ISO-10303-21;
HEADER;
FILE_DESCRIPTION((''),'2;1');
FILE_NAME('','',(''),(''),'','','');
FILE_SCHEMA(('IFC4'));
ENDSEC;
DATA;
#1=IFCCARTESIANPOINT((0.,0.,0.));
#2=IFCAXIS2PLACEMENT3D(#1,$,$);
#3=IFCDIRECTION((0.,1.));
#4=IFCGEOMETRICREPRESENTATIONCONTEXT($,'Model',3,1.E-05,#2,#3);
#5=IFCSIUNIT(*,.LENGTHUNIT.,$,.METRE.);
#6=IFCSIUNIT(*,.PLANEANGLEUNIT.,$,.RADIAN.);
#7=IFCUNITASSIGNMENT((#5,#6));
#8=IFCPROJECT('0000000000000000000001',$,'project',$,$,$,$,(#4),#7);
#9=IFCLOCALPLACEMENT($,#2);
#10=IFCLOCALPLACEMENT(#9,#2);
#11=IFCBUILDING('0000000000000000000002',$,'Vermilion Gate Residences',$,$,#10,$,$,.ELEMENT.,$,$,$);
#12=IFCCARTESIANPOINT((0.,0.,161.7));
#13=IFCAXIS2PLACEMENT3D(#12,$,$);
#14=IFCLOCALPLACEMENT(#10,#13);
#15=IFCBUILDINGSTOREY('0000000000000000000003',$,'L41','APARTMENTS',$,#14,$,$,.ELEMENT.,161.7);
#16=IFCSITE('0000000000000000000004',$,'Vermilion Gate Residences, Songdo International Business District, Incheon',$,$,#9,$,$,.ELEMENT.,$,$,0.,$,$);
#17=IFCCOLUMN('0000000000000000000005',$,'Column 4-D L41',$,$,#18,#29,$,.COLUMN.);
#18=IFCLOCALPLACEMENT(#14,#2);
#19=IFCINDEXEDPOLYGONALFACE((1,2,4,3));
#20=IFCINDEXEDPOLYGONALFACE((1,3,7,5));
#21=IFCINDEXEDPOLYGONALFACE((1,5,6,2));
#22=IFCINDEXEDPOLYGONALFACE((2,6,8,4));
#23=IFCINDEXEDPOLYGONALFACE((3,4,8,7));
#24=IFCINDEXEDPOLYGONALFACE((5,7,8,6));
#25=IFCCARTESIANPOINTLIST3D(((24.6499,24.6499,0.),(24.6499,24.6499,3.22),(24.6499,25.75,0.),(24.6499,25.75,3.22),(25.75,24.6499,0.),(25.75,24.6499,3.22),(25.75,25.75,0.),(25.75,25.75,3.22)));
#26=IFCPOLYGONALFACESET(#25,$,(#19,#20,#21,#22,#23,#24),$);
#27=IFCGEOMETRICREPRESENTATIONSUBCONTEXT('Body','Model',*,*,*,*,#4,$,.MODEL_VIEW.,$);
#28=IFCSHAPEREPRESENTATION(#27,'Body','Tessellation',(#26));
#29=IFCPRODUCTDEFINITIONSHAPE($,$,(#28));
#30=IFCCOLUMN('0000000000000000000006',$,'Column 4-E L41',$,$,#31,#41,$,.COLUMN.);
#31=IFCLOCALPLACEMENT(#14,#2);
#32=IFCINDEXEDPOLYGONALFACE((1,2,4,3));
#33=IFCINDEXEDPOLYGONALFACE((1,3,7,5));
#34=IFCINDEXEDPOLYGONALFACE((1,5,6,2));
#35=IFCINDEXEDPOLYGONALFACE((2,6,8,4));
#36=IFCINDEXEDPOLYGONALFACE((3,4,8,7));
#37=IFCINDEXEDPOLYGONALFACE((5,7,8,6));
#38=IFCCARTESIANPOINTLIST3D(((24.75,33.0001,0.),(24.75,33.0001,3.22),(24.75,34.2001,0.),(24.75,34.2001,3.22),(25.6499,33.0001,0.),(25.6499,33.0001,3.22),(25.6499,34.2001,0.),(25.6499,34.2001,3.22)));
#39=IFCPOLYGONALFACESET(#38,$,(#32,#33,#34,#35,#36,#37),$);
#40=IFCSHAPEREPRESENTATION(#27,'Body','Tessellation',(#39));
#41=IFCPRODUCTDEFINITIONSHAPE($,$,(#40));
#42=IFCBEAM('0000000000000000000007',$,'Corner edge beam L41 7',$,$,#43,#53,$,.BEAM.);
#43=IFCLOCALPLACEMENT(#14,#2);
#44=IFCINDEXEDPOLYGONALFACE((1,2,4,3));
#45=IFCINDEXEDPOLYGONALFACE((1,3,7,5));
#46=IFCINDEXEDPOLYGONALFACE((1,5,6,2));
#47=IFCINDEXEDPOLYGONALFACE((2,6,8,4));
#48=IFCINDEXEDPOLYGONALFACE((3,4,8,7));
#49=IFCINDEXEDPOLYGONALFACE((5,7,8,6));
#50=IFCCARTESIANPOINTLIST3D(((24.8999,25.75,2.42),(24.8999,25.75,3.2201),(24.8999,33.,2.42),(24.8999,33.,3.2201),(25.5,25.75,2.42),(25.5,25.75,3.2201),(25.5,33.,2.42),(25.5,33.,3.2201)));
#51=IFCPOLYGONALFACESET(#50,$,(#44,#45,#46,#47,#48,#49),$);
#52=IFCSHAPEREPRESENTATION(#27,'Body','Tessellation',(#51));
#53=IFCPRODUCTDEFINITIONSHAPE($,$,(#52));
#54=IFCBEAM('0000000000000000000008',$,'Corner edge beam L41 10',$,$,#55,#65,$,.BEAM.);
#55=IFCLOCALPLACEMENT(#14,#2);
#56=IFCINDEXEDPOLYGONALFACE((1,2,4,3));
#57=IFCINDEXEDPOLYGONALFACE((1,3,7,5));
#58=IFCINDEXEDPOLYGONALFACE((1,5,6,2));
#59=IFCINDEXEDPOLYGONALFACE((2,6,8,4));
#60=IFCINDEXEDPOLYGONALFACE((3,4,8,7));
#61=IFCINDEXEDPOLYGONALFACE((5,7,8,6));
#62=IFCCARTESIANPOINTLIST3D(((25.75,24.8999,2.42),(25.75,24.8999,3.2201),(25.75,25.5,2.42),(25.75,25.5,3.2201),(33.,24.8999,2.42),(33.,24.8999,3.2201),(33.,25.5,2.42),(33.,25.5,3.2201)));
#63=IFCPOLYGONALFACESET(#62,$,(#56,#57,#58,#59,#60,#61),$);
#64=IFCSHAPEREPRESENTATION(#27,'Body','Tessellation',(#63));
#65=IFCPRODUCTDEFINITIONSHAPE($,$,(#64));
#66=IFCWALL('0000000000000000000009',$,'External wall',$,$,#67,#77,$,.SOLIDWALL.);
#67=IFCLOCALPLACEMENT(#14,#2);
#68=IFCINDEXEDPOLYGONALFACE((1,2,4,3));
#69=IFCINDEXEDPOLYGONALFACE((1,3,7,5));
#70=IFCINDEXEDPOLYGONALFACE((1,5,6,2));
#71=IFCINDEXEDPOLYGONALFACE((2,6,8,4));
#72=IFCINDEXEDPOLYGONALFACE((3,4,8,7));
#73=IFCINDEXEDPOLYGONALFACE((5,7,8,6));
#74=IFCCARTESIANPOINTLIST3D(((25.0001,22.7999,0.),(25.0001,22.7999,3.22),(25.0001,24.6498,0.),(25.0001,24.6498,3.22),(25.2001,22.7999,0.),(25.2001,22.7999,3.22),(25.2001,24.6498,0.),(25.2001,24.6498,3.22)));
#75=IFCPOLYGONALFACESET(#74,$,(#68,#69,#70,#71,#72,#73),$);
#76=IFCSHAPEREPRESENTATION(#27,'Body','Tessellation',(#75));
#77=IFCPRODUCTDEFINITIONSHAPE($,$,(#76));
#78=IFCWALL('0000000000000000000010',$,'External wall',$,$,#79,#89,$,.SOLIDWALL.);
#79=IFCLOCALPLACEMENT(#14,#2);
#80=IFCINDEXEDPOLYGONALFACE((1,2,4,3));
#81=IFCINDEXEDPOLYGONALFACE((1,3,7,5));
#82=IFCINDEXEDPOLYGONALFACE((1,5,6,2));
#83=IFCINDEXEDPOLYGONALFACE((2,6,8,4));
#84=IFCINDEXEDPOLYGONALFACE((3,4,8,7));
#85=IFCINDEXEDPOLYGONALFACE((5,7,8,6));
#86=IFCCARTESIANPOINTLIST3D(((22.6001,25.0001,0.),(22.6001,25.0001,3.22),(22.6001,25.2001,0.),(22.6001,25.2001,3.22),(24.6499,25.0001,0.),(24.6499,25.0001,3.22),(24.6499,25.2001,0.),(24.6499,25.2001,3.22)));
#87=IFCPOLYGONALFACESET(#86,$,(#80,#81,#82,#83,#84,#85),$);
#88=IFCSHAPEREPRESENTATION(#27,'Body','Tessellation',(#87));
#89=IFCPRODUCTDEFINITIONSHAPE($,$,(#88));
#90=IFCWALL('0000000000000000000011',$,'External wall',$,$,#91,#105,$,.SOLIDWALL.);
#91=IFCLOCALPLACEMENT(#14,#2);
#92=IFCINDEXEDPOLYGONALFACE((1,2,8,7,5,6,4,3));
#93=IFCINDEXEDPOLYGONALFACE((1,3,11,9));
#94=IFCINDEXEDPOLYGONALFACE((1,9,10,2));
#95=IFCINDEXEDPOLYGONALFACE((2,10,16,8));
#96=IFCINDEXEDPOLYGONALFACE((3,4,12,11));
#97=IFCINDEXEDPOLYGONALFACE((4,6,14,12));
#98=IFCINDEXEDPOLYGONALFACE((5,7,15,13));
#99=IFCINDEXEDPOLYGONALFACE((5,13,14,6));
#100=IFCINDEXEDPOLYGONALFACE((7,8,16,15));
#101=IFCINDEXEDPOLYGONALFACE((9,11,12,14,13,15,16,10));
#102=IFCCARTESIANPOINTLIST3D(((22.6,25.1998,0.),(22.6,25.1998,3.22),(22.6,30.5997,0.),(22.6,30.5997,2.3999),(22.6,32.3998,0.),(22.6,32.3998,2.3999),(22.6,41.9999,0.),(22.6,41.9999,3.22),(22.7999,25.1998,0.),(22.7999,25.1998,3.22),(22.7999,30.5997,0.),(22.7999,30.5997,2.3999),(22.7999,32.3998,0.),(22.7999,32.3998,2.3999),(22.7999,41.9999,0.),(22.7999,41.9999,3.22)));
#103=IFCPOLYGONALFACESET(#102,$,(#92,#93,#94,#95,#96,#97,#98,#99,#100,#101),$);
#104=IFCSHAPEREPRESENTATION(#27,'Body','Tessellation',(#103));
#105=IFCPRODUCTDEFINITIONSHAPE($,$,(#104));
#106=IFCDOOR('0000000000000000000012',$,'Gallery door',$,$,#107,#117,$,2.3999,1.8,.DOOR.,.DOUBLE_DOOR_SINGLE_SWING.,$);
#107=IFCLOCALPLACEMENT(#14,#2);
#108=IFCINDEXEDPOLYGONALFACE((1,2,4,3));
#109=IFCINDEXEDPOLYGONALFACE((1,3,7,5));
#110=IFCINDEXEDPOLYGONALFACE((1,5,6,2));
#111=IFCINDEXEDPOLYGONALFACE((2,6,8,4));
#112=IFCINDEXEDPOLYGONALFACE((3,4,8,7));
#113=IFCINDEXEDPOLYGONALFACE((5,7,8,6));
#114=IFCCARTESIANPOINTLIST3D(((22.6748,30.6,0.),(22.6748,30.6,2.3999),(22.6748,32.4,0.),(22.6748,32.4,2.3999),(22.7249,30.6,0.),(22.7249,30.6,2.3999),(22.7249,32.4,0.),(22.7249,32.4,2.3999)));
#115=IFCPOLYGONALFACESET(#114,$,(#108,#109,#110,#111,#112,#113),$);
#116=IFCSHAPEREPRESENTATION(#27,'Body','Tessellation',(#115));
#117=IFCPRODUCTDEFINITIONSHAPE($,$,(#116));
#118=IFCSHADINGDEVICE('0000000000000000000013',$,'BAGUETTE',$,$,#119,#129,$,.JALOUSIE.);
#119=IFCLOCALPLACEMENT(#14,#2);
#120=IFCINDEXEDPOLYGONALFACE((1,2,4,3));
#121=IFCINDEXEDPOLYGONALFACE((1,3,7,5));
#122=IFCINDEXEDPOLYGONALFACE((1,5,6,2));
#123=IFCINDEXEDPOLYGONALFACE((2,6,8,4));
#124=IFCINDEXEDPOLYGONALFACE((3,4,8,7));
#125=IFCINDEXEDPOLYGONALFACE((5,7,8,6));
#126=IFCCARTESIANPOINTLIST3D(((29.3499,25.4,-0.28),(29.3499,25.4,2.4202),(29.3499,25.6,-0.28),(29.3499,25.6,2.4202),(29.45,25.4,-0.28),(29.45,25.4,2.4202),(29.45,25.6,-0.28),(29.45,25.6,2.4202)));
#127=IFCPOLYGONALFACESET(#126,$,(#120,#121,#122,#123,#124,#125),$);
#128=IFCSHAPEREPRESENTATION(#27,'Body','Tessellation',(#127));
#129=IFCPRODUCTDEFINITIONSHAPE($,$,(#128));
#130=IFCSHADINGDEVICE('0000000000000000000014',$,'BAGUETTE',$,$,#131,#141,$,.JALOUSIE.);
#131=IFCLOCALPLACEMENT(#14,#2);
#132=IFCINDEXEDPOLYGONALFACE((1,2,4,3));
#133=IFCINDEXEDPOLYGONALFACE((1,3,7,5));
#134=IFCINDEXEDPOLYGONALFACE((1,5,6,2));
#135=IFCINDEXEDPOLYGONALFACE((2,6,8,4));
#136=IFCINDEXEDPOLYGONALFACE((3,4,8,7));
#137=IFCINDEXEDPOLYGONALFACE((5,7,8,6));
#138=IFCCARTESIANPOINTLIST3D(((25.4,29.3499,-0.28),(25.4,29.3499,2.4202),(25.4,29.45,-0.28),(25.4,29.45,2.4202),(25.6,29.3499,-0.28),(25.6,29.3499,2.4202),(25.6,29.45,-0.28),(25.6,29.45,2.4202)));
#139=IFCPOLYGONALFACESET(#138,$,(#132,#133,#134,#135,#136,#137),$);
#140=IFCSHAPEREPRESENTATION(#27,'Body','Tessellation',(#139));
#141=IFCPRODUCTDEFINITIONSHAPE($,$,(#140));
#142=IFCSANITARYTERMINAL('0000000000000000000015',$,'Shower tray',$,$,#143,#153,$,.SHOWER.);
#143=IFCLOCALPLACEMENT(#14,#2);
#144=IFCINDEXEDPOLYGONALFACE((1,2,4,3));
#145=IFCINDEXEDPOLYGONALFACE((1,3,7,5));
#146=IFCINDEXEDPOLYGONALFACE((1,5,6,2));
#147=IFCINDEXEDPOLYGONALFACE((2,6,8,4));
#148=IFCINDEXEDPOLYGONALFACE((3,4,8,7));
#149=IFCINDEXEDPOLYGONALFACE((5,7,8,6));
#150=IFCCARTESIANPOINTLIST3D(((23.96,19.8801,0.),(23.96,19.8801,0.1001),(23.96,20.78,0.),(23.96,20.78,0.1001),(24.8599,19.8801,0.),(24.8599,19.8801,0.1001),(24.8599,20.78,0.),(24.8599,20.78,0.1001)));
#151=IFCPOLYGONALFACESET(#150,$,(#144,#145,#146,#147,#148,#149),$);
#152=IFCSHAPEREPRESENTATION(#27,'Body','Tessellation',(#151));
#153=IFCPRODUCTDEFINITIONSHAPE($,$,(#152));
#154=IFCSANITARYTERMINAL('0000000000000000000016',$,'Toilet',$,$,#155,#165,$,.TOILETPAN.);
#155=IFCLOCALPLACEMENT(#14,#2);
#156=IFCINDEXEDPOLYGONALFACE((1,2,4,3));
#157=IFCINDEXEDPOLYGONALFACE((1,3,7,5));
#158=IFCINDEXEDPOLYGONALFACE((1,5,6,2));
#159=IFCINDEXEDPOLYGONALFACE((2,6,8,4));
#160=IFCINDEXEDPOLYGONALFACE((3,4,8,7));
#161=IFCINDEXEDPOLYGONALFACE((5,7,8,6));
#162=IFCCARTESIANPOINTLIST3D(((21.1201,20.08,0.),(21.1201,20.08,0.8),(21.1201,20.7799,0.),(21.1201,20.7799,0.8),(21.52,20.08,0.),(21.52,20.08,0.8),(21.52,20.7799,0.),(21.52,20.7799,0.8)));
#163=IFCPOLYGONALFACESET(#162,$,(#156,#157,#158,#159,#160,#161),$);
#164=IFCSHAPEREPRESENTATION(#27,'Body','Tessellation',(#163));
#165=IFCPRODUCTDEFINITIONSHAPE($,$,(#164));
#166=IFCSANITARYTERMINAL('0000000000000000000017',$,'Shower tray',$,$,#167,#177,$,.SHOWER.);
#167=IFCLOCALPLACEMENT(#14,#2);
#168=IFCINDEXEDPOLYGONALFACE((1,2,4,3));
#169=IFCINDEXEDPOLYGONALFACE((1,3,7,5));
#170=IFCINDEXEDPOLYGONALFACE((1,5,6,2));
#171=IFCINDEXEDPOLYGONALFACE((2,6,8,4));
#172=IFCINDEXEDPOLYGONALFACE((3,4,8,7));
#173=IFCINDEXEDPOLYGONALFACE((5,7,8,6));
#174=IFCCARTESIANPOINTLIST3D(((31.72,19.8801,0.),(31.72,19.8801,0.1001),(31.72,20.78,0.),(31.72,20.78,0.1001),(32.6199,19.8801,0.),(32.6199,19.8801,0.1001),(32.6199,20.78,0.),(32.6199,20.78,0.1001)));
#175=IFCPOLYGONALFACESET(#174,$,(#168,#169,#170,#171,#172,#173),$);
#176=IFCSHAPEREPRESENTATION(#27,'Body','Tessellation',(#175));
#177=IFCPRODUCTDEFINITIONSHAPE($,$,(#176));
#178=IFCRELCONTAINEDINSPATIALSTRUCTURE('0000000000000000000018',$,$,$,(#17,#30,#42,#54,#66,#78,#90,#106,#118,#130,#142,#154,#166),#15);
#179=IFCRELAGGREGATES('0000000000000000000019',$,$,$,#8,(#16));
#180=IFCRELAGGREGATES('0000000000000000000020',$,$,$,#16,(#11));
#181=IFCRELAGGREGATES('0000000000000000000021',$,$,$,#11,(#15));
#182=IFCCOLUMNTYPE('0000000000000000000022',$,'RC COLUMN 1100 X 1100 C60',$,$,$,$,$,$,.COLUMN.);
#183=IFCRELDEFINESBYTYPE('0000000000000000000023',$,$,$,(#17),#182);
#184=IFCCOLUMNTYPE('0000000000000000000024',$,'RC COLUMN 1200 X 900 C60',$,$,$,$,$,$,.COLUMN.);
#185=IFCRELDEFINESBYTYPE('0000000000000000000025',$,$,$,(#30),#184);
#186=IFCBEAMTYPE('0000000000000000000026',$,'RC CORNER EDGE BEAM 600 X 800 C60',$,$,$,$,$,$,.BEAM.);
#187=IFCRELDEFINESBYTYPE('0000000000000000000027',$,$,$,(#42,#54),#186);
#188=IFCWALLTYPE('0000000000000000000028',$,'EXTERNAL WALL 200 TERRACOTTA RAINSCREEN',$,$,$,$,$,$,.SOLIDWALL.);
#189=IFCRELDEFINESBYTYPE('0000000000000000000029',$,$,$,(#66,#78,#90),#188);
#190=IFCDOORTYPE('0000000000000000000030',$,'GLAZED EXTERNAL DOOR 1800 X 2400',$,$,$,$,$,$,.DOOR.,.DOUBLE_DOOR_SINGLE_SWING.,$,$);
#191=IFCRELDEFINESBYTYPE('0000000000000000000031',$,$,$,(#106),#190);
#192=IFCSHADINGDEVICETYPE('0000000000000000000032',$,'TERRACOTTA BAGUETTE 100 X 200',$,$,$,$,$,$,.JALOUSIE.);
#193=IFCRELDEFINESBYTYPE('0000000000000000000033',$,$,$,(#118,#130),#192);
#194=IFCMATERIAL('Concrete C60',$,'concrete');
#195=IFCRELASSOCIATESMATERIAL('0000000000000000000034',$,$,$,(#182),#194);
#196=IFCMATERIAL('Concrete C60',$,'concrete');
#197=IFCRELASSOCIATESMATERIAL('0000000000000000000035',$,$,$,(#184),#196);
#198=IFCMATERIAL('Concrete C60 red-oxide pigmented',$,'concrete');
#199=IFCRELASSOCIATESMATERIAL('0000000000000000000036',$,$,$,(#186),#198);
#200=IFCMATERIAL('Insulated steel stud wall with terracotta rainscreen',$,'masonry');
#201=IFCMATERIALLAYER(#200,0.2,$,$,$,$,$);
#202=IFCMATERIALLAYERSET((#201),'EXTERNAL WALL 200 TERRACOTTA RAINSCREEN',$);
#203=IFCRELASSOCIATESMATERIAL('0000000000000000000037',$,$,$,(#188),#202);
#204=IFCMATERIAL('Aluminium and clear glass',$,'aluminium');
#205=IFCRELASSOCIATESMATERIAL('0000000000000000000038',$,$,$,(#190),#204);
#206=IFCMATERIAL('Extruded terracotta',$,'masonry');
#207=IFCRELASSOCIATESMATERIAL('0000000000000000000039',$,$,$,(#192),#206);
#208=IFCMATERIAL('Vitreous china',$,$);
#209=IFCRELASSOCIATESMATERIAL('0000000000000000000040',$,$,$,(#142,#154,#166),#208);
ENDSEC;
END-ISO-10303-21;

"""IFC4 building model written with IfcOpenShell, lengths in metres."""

from ifc_helpers import new_model, si_unit, direction, frame, frame_2d, origin, origin_2d, place, context, subcontext, project, spatial, rectangle, extrude, material, layer, layer_set, material_profile, profile_set, type_object, element, fill, save


model = new_model("IFC4")

# Units and contexts
model_context = context("Model", 3, precision=1e-05, world=origin(), true_north=direction((0.0, 1.0)))
body_context = subcontext(model_context, "Body", "Model", "MODEL_VIEW")
ifc_project = project(units=[si_unit("LENGTHUNIT", "METRE"), si_unit("PLANEANGLEUNIT", "RADIAN")], contexts=[model_context])

# Site, building, storey
site_placement = place(None, origin())
site = spatial("IfcSite", under=ifc_project, at=site_placement, Name="Vermilion Gate Residences, Songdo International Business District, Incheon", CompositionType="ELEMENT", RefElevation=0.0)
building_placement = place(site_placement, origin())
building = spatial("IfcBuilding", under=site, at=building_placement, Name="Vermilion Gate Residences", CompositionType="ELEMENT")
storey_placement = place(building_placement, frame((0.0, 0.0, 161.7)))
storey = spatial("IfcBuildingStorey", under=building, at=storey_placement, Name="L41", Description="APARTMENTS", CompositionType="ELEMENT", Elevation=161.7)

# Columns
ifc_material_1 = material(Name="Concrete C60", Category="concrete")
ifc_material_profile_1 = material_profile(ifc_material_1, rectangle(XDim=1.1001, YDim=1.1001, at=origin_2d()), Name="RC-1100x1100")
ifc_profile_set_1 = profile_set([ifc_material_profile_1], Name="Concrete C60")
column_type_1 = type_object("IfcColumnType", Name="RC COLUMN 1100 X 1100 C60", PredefinedType="COLUMN", material=ifc_profile_set_1)
column_1_placement = place(storey_placement, frame((25.2, 25.2, 0.0), z_axis=(0.0, 0.0, 1.0), x_axis=(1.0, 0.0, 0.0)))
element("IfcColumn", 1, at=column_1_placement, inside=storey, type_object=column_type_1, Name="Column 4-D L41", PredefinedType="COLUMN", context=body_context, shape_type="SweptSolid", body=[
    extrude(rectangle(XDim=1.1001, YDim=1.1001, at=origin_2d()), origin(), (0.0, 0.0, 1.0), 3.22),
])
ifc_material_2 = material(Name="Concrete C60", Category="concrete")
ifc_material_profile_2 = material_profile(ifc_material_2, rectangle(XDim=1.2, YDim=0.8999, at=origin_2d()), Name="RC-1200x900")
ifc_profile_set_2 = profile_set([ifc_material_profile_2], Name="Concrete C60")
column_type_2 = type_object("IfcColumnType", Name="RC COLUMN 1200 X 900 C60", PredefinedType="COLUMN", material=ifc_profile_set_2)
column_2_placement = place(storey_placement, frame((25.2, 33.6001, 0.0), z_axis=(0.0, 0.0, 1.0), x_axis=(0.0, 1.0, 0.0)))
element("IfcColumn", 2, at=column_2_placement, inside=storey, type_object=column_type_2, Name="Column 4-E L41", PredefinedType="COLUMN", context=body_context, shape_type="SweptSolid", body=[
    extrude(rectangle(XDim=1.2, YDim=0.8999, at=origin_2d()), origin(), (0.0, 0.0, 1.0), 3.22),
])

# Beams
ifc_material_3 = material(Name="Concrete C60 red-oxide pigmented", Category="concrete")
ifc_material_profile_3 = material_profile(ifc_material_3, rectangle(XDim=0.6001, YDim=0.8, at=origin_2d()), Name="RC-600x800")
ifc_profile_set_3 = profile_set([ifc_material_profile_3], Name="Concrete C60 red-oxide pigmented")
beam_type = type_object("IfcBeamType", Name="RC CORNER EDGE BEAM 600 X 800 C60", PredefinedType="BEAM", material=ifc_profile_set_3)
for number, where, z_axis, x_axis, name in (
    (3, (25.2, 25.75, 2.8201), (0.0, 1.0, 0.0), (-1.0, 0.0, 0.0), "Corner edge beam L41 7"),
    (4, (25.75, 25.2, 2.8201), (1.0, 0.0, 0.0), (0.0, 1.0, 0.0), "Corner edge beam L41 10"),
):
    element("IfcBeam", number, at=place(storey_placement, frame(where, z_axis=z_axis, x_axis=x_axis)), inside=storey, type_object=beam_type, Name=name, PredefinedType="BEAM", context=body_context, shape_type="SweptSolid", body=[
        extrude(rectangle(XDim=0.6001, YDim=0.8, at=origin_2d()), origin(), (0.0, 0.0, 1.0), 7.25),
    ])

# Walls
ifc_material_4 = material(Name="Insulated steel stud wall with terracotta rainscreen", Category="masonry")
ifc_layer = layer(ifc_material_4, 0.2)
ifc_layer_set = layer_set([ifc_layer], Name="EXTERNAL WALL 200 TERRACOTTA RAINSCREEN")
wall_type = type_object("IfcWallType", Name="EXTERNAL WALL 200 TERRACOTTA RAINSCREEN", PredefinedType="SOLIDWALL", material=ifc_layer_set)
wall_1_placement = place(storey_placement, frame((25.1001, 22.8, 0.0), z_axis=(0.0, 0.0, 1.0), x_axis=(0.0, 1.0, 0.0)))
element("IfcWall", 5, at=wall_1_placement, inside=storey, type_object=wall_type, Name="External wall", PredefinedType="SOLIDWALL", context=body_context, shape_type="SweptSolid", body=[
    extrude(rectangle(XDim=1.8499, YDim=0.2, at=frame_2d((0.9248, 0.0))), origin(), (0.0, 0.0, 1.0), 3.22),
])
wall_2_placement = place(storey_placement, frame((24.6499, 25.1001, 0.0), z_axis=(0.0, 0.0, 1.0), x_axis=(-1.0, 0.0, 0.0)))
element("IfcWall", 6, at=wall_2_placement, inside=storey, type_object=wall_type, Name="External wall", PredefinedType="SOLIDWALL", context=body_context, shape_type="SweptSolid", body=[
    extrude(rectangle(XDim=2.0498, YDim=0.2, at=frame_2d((1.0249, 0.0))), origin(), (0.0, 0.0, 1.0), 3.22),
])

# Wall, opening, door
wall_3_placement = place(storey_placement, frame((22.7, 25.2, 0.0), z_axis=(0.0, 0.0, 1.0), x_axis=(0.0, 1.0, 0.0)))
wall_3 = element("IfcWall", 7, at=wall_3_placement, inside=storey, type_object=wall_type, Name="External wall", PredefinedType="SOLIDWALL", context=body_context, shape_type="SweptSolid", body=[
    extrude(rectangle(XDim=16.8, YDim=0.2, at=frame_2d((8.3999, 0.0))), origin(), (0.0, 0.0, 1.0), 3.22),
])
opening_placement = place(wall_3_placement, frame((5.3999, 0.0, 0.0)))
opening = element("IfcOpeningElement", 8, at=opening_placement, cuts=wall_3, PredefinedType="OPENING", context=body_context, shape_type="SweptSolid", body=[
    extrude(rectangle(XDim=1.8, YDim=2.3999, at=frame_2d((0.8999, 1.2))), frame((0.0, 0.1099, 0.0), z_axis=(0.0, -1.0, 0.0), x_axis=(1.0, 0.0, 0.0)), (0.0, 0.0, 1.0), 0.22),
])
ifc_material_5 = material(Name="Aluminium and clear glass", Category="aluminium")
door_type = type_object("IfcDoorType", Name="GLAZED EXTERNAL DOOR 1800 X 2400", OperationType="DOUBLE_DOOR_SINGLE_SWING", PredefinedType="DOOR", material=ifc_material_5)
door_placement = place(opening_placement, frame((1.8, 0.0, 0.0), z_axis=(0.0, 0.0, 1.0), x_axis=(-1.0, 0.0, 0.0)))
door = element("IfcDoor", 9, at=door_placement, inside=storey, type_object=door_type, Name="Gallery door", OperationType="DOUBLE_DOOR_SINGLE_SWING", OverallHeight=2.3999, OverallWidth=1.8, PredefinedType="DOOR", context=body_context, shape_type="SweptSolid", body=[
    extrude(rectangle(XDim=1.8, YDim=2.3999, at=frame_2d((0.8999, 1.2))), frame((0.0, 0.0249, 0.0), z_axis=(0.0, -1.0, 0.0), x_axis=(1.0, 0.0, 0.0)), (0.0, 0.0, 1.0), 0.05),
])
fill(opening, door)

# Shading devices
ifc_material_6 = material(Name="Extruded terracotta", Category="masonry")
ifc_material_profile_4 = material_profile(ifc_material_6, rectangle(XDim=0.2, YDim=0.1001, at=origin_2d()), Name="BAGUETTE 100 X 200")
ifc_profile_set_4 = profile_set([ifc_material_profile_4], Name="Extruded terracotta")
shading_device_type = type_object("IfcShadingDeviceType", Name="TERRACOTTA BAGUETTE 100 X 200", PredefinedType="JALOUSIE", material=ifc_profile_set_4)
for number, where, z_axis, x_axis, name in (
    (10, (29.3999, 25.5, -0.28), (0.0, 0.0, 1.0), (0.0, -1.0, 0.0), "BAGUETTE"),
    (11, (25.5, 29.3999, -0.28), (0.0, 0.0, 1.0), (-1.0, 0.0, 0.0), "BAGUETTE"),
):
    element("IfcShadingDevice", number, at=place(storey_placement, frame(where, z_axis=z_axis, x_axis=x_axis)), inside=storey, type_object=shading_device_type, Name=name, PredefinedType="JALOUSIE", context=body_context, shape_type="SweptSolid", body=[
        extrude(rectangle(XDim=0.2, YDim=0.1001, at=origin_2d()), origin(), (0.0, 0.0, 1.0), 2.7002),
    ])

# Sanitary terminals
ifc_material_7 = material(Name="Vitreous china")
sanitary_terminal_1_placement = place(storey_placement, frame((24.4099, 20.3301, 0.0), z_axis=(0.0, 0.0, 1.0), x_axis=(1.0, 0.0, 0.0)))
element("IfcSanitaryTerminal", 12, at=sanitary_terminal_1_placement, inside=storey, material=ifc_material_7, Name="Shower tray", PredefinedType="SHOWER", context=body_context, shape_type="SweptSolid", body=[
    extrude(rectangle(XDim=0.8999, YDim=0.8999, at=origin_2d()), origin(), (0.0, 0.0, 1.0), 0.1001),
])
sanitary_terminal_2_placement = place(storey_placement, frame((21.3201, 20.4299, 0.0), z_axis=(0.0, 0.0, 1.0), x_axis=(1.0, 0.0, 0.0)))
element("IfcSanitaryTerminal", 13, at=sanitary_terminal_2_placement, inside=storey, material=ifc_material_7, Name="Toilet", PredefinedType="TOILETPAN", context=body_context, shape_type="SweptSolid", body=[
    extrude(rectangle(XDim=0.3999, YDim=0.7, at=origin_2d()), origin(), (0.0, 0.0, 1.0), 0.8),
])
sanitary_terminal_3_placement = place(storey_placement, frame((32.1699, 20.3301, 0.0), z_axis=(0.0, 0.0, 1.0), x_axis=(1.0, 0.0, 0.0)))
element("IfcSanitaryTerminal", 14, at=sanitary_terminal_3_placement, inside=storey, material=ifc_material_7, Name="Shower tray", PredefinedType="SHOWER", context=body_context, shape_type="SweptSolid", body=[
    extrude(rectangle(XDim=0.8999, YDim=0.8999, at=origin_2d()), origin(), (0.0, 0.0, 1.0), 0.1001),
])

save(model, "model.ifc")
